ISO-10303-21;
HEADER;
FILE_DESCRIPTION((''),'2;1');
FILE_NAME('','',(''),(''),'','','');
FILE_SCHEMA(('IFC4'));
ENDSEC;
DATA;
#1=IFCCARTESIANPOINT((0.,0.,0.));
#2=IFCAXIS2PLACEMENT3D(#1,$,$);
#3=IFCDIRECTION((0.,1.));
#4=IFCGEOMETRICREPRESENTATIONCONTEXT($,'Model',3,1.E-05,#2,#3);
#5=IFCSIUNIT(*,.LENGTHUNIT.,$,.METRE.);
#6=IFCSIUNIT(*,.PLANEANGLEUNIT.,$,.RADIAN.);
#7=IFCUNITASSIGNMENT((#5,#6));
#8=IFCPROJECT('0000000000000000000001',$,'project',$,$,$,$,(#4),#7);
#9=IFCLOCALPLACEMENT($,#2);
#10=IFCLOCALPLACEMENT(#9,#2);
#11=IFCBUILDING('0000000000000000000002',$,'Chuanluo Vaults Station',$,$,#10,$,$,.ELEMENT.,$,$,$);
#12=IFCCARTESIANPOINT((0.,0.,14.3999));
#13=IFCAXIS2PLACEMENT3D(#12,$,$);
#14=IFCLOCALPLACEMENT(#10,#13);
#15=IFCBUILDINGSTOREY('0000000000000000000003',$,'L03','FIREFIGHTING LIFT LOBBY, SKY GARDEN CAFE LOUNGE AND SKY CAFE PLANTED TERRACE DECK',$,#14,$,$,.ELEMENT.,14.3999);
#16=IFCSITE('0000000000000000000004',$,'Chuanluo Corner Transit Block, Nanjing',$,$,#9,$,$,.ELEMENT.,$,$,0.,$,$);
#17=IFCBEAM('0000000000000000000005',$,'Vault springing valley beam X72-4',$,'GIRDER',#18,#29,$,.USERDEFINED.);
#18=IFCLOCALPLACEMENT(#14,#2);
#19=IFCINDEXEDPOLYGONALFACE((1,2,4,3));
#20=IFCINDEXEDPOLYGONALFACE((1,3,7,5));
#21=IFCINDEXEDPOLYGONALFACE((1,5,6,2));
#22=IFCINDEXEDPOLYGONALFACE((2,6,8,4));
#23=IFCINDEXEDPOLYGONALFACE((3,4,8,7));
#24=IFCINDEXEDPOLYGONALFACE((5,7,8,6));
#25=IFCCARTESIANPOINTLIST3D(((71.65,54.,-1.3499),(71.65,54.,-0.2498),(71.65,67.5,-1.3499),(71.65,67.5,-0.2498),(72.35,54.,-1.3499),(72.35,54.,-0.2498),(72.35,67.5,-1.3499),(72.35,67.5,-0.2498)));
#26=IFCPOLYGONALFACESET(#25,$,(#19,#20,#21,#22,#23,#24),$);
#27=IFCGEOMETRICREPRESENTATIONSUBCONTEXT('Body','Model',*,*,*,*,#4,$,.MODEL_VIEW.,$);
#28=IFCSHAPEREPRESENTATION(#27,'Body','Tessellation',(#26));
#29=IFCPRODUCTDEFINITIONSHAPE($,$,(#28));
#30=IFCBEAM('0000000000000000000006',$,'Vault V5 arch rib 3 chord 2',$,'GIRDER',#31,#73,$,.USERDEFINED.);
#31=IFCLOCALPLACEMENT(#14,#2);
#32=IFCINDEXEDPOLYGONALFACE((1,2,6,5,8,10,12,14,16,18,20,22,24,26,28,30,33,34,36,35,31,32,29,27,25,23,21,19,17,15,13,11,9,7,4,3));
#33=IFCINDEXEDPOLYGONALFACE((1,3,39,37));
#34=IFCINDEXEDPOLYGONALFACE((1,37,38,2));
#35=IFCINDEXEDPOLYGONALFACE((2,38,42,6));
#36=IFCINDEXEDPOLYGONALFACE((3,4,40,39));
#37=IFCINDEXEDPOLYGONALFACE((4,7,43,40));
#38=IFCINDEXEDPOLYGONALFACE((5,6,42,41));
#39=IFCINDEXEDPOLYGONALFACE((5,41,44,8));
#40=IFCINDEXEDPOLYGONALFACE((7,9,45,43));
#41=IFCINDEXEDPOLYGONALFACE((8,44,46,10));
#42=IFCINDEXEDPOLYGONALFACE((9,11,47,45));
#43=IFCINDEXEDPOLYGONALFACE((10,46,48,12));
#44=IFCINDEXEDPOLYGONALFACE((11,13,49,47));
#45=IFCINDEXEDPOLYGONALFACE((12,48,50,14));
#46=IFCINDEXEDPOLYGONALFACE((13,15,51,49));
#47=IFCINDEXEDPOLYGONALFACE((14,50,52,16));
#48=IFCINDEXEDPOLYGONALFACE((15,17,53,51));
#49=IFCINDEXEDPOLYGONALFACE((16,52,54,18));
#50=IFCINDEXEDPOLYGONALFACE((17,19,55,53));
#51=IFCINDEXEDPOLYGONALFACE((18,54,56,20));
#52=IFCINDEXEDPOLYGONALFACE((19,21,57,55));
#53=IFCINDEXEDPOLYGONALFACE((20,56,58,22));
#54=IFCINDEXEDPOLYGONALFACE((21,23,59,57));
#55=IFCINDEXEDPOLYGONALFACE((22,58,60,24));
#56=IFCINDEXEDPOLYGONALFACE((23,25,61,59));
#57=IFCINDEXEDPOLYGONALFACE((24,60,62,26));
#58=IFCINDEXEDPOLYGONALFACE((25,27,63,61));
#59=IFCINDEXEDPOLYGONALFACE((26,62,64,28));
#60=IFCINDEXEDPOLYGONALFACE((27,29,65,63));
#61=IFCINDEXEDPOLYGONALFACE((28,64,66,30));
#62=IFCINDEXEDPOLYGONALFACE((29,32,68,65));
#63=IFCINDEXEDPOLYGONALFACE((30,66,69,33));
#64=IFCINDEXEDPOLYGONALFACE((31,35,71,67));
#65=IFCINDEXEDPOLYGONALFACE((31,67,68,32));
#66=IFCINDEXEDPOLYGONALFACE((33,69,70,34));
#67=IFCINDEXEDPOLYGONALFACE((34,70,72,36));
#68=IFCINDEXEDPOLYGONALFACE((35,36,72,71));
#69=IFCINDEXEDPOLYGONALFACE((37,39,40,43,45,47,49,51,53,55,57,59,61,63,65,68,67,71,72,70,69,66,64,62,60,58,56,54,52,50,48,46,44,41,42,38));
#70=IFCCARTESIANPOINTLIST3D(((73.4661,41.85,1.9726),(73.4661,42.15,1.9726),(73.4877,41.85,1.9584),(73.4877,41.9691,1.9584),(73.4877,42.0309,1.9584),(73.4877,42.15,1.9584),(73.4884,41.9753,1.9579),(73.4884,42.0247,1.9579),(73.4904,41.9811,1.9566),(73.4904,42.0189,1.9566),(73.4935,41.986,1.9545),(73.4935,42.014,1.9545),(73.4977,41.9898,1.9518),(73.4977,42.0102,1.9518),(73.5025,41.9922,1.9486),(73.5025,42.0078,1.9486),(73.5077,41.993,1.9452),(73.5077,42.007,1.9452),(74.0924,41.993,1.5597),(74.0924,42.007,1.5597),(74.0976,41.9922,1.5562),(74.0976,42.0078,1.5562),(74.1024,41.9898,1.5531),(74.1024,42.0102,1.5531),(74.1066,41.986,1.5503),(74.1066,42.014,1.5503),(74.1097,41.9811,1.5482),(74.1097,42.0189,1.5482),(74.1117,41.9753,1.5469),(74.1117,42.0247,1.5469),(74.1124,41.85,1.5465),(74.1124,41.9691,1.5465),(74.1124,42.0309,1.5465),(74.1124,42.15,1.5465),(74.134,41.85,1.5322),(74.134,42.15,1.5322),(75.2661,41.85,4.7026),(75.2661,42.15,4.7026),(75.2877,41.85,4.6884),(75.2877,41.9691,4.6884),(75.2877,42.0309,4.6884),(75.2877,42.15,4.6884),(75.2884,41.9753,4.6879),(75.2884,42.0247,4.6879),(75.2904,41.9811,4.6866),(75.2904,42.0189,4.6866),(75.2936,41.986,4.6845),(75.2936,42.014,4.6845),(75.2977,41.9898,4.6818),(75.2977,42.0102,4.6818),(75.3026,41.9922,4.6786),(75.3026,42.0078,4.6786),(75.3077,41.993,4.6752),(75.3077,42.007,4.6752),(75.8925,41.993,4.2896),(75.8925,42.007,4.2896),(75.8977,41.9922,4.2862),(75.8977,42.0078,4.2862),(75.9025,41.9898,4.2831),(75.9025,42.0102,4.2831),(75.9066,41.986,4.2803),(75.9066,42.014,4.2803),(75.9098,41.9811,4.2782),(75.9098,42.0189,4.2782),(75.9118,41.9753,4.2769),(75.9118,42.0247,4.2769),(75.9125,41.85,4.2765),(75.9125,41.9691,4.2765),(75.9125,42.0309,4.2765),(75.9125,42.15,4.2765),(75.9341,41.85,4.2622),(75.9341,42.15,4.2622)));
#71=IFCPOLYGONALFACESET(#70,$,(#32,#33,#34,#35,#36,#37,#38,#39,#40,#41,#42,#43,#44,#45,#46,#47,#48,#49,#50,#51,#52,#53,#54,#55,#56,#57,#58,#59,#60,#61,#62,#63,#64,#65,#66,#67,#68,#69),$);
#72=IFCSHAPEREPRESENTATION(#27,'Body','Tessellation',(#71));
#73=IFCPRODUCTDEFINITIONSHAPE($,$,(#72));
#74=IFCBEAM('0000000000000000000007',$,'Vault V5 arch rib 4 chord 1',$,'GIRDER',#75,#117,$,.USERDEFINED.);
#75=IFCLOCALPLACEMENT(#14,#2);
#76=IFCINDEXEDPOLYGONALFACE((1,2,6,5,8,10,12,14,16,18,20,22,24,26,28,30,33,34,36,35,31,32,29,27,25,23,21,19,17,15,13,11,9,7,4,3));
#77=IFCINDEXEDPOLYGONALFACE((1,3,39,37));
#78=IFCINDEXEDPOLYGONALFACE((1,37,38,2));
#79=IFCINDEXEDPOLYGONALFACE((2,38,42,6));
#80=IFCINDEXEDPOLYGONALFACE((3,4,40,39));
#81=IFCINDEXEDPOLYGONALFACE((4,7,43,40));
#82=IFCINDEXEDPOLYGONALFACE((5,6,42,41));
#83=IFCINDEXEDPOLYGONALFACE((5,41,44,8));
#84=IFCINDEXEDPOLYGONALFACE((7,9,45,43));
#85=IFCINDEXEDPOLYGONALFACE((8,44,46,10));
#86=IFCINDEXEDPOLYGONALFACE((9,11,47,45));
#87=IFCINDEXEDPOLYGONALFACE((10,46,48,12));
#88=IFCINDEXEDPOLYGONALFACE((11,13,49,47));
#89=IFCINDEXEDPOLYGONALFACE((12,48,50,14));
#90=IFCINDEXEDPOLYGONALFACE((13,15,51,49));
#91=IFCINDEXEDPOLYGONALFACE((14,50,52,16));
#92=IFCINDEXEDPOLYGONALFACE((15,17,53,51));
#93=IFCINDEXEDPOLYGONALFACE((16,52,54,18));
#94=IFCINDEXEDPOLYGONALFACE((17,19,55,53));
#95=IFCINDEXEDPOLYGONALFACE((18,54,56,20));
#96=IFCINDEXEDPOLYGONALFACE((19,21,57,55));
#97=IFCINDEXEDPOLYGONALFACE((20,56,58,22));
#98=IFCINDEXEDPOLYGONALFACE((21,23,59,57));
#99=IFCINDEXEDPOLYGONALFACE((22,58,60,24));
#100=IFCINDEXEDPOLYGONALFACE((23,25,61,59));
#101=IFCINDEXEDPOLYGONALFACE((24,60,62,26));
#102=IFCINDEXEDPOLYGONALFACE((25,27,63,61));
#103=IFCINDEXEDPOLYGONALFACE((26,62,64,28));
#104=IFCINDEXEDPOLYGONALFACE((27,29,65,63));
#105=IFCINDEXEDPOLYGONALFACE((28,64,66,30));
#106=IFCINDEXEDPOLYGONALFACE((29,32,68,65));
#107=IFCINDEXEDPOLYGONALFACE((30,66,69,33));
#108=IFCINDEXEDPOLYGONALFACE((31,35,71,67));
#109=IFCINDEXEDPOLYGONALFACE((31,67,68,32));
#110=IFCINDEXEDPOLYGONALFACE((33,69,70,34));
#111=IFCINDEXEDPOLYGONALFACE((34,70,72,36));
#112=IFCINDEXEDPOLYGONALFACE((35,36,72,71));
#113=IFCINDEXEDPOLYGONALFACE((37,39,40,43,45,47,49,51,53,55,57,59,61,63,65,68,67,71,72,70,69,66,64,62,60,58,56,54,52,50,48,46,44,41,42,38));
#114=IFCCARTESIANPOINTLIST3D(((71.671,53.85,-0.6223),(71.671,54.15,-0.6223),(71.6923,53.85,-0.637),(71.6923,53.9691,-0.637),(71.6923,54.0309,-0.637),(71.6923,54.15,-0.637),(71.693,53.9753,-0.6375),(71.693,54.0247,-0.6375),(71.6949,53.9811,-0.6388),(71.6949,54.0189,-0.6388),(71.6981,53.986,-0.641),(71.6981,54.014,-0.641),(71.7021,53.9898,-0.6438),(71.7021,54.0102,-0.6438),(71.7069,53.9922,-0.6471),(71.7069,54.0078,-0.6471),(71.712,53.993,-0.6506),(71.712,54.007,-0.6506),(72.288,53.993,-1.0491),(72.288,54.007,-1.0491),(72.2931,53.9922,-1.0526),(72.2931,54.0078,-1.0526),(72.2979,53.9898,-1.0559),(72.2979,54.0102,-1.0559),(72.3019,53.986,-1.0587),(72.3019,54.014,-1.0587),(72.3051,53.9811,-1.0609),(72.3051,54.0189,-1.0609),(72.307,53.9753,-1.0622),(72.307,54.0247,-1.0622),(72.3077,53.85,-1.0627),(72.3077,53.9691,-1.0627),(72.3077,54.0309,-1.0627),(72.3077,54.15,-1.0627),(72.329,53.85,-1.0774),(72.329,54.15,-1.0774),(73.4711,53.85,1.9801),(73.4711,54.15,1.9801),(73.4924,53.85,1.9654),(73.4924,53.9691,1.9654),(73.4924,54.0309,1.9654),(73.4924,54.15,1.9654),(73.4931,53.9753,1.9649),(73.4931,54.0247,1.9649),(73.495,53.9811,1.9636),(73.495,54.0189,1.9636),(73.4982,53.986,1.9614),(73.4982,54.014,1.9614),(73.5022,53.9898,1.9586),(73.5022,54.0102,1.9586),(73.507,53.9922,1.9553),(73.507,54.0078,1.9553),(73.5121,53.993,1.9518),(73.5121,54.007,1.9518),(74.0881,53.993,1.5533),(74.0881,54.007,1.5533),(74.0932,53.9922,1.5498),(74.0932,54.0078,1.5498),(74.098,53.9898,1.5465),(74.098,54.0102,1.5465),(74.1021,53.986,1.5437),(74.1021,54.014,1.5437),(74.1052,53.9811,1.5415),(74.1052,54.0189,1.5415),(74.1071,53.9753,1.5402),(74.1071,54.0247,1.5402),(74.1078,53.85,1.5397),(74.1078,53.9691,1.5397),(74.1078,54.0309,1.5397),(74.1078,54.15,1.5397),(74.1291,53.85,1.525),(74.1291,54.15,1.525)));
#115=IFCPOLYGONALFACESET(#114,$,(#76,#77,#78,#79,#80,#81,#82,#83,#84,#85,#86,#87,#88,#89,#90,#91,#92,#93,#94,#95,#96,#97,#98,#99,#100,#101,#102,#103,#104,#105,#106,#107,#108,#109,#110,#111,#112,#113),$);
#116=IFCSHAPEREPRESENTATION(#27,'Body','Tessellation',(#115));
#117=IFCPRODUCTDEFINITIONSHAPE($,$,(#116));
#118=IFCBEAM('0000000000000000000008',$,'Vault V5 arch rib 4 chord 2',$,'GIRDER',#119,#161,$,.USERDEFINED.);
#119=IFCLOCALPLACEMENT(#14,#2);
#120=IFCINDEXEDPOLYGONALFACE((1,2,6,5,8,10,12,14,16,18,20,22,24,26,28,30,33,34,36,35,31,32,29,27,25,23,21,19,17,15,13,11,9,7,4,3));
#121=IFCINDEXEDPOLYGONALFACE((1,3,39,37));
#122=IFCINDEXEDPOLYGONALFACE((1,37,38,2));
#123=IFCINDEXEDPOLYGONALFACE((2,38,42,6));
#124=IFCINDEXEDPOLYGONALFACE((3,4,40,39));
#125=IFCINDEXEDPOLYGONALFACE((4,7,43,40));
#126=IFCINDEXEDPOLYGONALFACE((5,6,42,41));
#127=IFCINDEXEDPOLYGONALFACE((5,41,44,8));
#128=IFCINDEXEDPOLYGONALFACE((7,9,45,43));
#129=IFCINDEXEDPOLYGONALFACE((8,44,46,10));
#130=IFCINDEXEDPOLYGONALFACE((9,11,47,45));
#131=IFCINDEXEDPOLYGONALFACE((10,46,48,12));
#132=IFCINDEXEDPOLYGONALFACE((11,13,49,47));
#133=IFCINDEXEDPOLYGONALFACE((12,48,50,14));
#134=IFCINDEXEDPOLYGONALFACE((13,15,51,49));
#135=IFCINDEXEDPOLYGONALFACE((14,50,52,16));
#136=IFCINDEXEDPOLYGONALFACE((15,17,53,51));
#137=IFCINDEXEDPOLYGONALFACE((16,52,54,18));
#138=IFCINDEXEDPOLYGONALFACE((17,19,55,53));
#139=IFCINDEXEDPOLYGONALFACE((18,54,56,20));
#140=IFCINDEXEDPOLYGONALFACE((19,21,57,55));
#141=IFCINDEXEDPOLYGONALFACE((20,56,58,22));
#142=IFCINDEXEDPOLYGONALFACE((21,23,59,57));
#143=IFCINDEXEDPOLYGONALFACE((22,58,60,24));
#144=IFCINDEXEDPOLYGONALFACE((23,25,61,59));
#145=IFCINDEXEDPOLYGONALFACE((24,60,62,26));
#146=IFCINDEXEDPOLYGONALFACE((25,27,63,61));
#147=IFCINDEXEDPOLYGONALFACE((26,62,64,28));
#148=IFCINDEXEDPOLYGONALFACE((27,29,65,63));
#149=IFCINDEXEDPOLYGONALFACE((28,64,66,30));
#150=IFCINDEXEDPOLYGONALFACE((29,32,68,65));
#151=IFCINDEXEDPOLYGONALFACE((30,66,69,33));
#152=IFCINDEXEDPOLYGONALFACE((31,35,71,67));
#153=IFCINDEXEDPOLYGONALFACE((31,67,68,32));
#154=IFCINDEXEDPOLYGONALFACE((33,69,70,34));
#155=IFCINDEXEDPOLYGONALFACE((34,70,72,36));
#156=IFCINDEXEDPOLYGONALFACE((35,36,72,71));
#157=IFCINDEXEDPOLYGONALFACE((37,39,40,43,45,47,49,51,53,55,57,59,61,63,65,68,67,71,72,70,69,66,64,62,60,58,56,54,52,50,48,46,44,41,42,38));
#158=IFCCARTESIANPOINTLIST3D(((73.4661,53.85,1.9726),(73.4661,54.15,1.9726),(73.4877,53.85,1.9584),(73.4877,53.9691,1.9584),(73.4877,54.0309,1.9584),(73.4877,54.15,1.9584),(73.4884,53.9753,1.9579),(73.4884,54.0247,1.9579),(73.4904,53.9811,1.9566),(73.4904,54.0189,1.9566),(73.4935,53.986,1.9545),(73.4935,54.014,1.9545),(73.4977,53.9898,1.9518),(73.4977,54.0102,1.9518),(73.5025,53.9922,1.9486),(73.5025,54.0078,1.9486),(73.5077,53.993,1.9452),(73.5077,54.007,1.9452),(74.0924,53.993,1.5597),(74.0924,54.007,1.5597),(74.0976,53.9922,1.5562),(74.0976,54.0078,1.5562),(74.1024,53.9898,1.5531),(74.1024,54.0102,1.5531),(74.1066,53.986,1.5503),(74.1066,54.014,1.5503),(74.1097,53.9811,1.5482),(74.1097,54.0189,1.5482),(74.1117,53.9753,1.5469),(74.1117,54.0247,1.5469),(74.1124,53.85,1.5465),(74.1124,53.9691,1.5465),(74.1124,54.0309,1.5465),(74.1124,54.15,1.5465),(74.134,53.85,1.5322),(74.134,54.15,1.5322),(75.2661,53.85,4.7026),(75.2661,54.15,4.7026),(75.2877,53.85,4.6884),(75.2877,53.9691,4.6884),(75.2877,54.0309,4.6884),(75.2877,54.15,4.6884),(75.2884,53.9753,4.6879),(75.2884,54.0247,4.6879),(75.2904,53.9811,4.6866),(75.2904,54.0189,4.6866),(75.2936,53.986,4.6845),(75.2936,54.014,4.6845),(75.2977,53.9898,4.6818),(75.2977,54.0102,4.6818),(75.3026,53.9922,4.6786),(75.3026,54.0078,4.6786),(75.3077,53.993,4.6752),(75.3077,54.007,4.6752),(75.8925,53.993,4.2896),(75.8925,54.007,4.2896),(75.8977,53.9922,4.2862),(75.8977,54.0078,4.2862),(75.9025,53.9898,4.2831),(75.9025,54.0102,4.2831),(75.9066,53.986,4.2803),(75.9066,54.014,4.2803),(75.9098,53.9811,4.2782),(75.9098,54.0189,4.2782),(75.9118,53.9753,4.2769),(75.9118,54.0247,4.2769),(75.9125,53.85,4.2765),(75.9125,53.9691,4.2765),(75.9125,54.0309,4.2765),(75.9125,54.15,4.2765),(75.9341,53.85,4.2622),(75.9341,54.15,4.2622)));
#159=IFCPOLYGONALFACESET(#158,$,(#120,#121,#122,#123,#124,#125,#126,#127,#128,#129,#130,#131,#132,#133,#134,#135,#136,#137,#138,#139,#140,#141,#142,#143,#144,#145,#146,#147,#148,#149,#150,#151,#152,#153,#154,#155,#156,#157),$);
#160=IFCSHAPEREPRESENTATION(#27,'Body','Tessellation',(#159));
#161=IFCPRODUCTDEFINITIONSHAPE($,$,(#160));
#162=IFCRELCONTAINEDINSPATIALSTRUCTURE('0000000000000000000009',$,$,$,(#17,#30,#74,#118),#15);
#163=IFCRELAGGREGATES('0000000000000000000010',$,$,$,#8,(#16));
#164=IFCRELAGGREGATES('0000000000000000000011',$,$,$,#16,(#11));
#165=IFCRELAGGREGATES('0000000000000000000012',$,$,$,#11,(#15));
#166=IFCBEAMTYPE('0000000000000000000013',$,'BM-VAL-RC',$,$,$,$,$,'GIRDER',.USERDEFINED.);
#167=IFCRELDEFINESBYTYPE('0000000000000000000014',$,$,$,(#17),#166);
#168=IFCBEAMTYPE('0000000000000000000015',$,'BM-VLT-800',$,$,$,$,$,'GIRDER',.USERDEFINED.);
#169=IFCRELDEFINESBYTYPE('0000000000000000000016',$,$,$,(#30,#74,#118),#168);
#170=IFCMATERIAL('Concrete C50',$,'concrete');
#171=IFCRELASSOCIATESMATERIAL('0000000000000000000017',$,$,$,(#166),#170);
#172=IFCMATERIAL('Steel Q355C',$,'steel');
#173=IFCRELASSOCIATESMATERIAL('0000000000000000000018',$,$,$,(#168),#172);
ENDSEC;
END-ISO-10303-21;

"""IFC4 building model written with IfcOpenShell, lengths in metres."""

from ifc_helpers import new_model, si_unit, direction, frame, origin, origin_2d, place, context, subcontext, project, spatial, rectangle, i_section, extrude, material, material_profile, profile_set, type_object, element, save


model = new_model("IFC4")

# Units and contexts
model_context = context("Model", 3, precision=1e-05, world=origin(), true_north=direction((0.0, 1.0)))
body_context = subcontext(model_context, "Body", "Model", "MODEL_VIEW")
ifc_project = project(units=[si_unit("LENGTHUNIT", "METRE"), si_unit("PLANEANGLEUNIT", "RADIAN")], contexts=[model_context])

# Site, building, storey
site_placement = place(None, origin())
site = spatial("IfcSite", under=ifc_project, at=site_placement, Name="Chuanluo Corner Transit Block, Nanjing", CompositionType="ELEMENT", RefElevation=0.0)
building_placement = place(site_placement, origin())
building = spatial("IfcBuilding", under=site, at=building_placement, Name="Chuanluo Vaults Station", CompositionType="ELEMENT")
storey_placement = place(building_placement, frame((0.0, 0.0, 14.3999)))
storey = spatial("IfcBuildingStorey", under=building, at=storey_placement, Name="L03", Description="FIREFIGHTING LIFT LOBBY, SKY GARDEN CAFE LOUNGE AND SKY CAFE PLANTED TERRACE DECK", CompositionType="ELEMENT", Elevation=14.3999)

# Beams
ifc_material_1 = material(Name="Concrete C50", Category="concrete")
ifc_material_profile_1 = material_profile(ifc_material_1, rectangle(XDim=0.7, YDim=1.1001, at=origin_2d()))
ifc_profile_set_1 = profile_set([ifc_material_profile_1], Name="Concrete C50")
beam_type_1 = type_object("IfcBeamType", Name="BM-VAL-RC", ElementType="GIRDER", PredefinedType="USERDEFINED", material=ifc_profile_set_1)
beam_1_placement = place(storey_placement, frame((72.0, 54.0, -0.7998), z_axis=(0.0, 1.0, 0.0), x_axis=(-1.0, 0.0, 0.0)))
element("IfcBeam", 1, at=beam_1_placement, inside=storey, type_object=beam_type_1, Name="Vault springing valley beam X72-4", ObjectType="GIRDER", PredefinedType="USERDEFINED", context=body_context, shape_type="SweptSolid", body=[
    extrude(rectangle(XDim=0.7, YDim=1.1001, at=origin_2d()), origin(), (0.0, 0.0, 1.0), 13.5),
])
ifc_material_2 = material(Name="Steel Q355C", Category="steel")
ifc_material_profile_2 = material_profile(ifc_material_2, i_section(OverallWidth=0.3, OverallDepth=0.8, WebThickness=0.0139, FlangeThickness=0.0259, FilletRadius=0.0239, at=origin_2d()))
ifc_profile_set_2 = profile_set([ifc_material_profile_2], Name="Steel Q355C")
beam_type_2 = type_object("IfcBeamType", Name="BM-VLT-800", ElementType="GIRDER", PredefinedType="USERDEFINED", material=ifc_profile_set_2)
beam_2_placement = place(storey_placement, frame((73.8, 42.0, 1.7524), z_axis=(0.550472, 0.0, 0.834854), x_axis=(0.0, 1.0, 0.0)))
element("IfcBeam", 2, at=beam_2_placement, inside=storey, type_object=beam_type_2, Name="Vault V5 arch rib 3 chord 2", ObjectType="GIRDER", PredefinedType="USERDEFINED", context=body_context, shape_type="SweptSolid", body=[
    extrude(i_section(OverallWidth=0.3, OverallDepth=0.8, WebThickness=0.0139, FlangeThickness=0.0259, FilletRadius=0.0239, at=origin_2d()), origin(), (0.0, 0.0, 1.0), 3.27),
])
beam_3_placement = place(storey_placement, frame((72.0, 54.0, -0.8499), z_axis=(0.568881, 0.0, 0.82242), x_axis=(0.0, 1.0, 0.0)))
element("IfcBeam", 3, at=beam_3_placement, inside=storey, type_object=beam_type_2, Name="Vault V5 arch rib 4 chord 1", ObjectType="GIRDER", PredefinedType="USERDEFINED", context=body_context, shape_type="SweptSolid", body=[
    extrude(i_section(OverallWidth=0.3, OverallDepth=0.8, WebThickness=0.0139, FlangeThickness=0.0259, FilletRadius=0.0239, at=origin_2d()), origin(), (0.0, 0.0, 1.0), 3.1643),
])
beam_4_placement = place(storey_placement, frame((73.8, 54.0, 1.7524), z_axis=(0.550472, 0.0, 0.834854), x_axis=(0.0, 1.0, 0.0)))
element("IfcBeam", 4, at=beam_4_placement, inside=storey, type_object=beam_type_2, Name="Vault V5 arch rib 4 chord 2", ObjectType="GIRDER", PredefinedType="USERDEFINED", context=body_context, shape_type="SweptSolid", body=[
    extrude(i_section(OverallWidth=0.3, OverallDepth=0.8, WebThickness=0.0139, FlangeThickness=0.0259, FilletRadius=0.0239, at=origin_2d()), origin(), (0.0, 0.0, 1.0), 3.27),
])

save(model, "model.ifc")
